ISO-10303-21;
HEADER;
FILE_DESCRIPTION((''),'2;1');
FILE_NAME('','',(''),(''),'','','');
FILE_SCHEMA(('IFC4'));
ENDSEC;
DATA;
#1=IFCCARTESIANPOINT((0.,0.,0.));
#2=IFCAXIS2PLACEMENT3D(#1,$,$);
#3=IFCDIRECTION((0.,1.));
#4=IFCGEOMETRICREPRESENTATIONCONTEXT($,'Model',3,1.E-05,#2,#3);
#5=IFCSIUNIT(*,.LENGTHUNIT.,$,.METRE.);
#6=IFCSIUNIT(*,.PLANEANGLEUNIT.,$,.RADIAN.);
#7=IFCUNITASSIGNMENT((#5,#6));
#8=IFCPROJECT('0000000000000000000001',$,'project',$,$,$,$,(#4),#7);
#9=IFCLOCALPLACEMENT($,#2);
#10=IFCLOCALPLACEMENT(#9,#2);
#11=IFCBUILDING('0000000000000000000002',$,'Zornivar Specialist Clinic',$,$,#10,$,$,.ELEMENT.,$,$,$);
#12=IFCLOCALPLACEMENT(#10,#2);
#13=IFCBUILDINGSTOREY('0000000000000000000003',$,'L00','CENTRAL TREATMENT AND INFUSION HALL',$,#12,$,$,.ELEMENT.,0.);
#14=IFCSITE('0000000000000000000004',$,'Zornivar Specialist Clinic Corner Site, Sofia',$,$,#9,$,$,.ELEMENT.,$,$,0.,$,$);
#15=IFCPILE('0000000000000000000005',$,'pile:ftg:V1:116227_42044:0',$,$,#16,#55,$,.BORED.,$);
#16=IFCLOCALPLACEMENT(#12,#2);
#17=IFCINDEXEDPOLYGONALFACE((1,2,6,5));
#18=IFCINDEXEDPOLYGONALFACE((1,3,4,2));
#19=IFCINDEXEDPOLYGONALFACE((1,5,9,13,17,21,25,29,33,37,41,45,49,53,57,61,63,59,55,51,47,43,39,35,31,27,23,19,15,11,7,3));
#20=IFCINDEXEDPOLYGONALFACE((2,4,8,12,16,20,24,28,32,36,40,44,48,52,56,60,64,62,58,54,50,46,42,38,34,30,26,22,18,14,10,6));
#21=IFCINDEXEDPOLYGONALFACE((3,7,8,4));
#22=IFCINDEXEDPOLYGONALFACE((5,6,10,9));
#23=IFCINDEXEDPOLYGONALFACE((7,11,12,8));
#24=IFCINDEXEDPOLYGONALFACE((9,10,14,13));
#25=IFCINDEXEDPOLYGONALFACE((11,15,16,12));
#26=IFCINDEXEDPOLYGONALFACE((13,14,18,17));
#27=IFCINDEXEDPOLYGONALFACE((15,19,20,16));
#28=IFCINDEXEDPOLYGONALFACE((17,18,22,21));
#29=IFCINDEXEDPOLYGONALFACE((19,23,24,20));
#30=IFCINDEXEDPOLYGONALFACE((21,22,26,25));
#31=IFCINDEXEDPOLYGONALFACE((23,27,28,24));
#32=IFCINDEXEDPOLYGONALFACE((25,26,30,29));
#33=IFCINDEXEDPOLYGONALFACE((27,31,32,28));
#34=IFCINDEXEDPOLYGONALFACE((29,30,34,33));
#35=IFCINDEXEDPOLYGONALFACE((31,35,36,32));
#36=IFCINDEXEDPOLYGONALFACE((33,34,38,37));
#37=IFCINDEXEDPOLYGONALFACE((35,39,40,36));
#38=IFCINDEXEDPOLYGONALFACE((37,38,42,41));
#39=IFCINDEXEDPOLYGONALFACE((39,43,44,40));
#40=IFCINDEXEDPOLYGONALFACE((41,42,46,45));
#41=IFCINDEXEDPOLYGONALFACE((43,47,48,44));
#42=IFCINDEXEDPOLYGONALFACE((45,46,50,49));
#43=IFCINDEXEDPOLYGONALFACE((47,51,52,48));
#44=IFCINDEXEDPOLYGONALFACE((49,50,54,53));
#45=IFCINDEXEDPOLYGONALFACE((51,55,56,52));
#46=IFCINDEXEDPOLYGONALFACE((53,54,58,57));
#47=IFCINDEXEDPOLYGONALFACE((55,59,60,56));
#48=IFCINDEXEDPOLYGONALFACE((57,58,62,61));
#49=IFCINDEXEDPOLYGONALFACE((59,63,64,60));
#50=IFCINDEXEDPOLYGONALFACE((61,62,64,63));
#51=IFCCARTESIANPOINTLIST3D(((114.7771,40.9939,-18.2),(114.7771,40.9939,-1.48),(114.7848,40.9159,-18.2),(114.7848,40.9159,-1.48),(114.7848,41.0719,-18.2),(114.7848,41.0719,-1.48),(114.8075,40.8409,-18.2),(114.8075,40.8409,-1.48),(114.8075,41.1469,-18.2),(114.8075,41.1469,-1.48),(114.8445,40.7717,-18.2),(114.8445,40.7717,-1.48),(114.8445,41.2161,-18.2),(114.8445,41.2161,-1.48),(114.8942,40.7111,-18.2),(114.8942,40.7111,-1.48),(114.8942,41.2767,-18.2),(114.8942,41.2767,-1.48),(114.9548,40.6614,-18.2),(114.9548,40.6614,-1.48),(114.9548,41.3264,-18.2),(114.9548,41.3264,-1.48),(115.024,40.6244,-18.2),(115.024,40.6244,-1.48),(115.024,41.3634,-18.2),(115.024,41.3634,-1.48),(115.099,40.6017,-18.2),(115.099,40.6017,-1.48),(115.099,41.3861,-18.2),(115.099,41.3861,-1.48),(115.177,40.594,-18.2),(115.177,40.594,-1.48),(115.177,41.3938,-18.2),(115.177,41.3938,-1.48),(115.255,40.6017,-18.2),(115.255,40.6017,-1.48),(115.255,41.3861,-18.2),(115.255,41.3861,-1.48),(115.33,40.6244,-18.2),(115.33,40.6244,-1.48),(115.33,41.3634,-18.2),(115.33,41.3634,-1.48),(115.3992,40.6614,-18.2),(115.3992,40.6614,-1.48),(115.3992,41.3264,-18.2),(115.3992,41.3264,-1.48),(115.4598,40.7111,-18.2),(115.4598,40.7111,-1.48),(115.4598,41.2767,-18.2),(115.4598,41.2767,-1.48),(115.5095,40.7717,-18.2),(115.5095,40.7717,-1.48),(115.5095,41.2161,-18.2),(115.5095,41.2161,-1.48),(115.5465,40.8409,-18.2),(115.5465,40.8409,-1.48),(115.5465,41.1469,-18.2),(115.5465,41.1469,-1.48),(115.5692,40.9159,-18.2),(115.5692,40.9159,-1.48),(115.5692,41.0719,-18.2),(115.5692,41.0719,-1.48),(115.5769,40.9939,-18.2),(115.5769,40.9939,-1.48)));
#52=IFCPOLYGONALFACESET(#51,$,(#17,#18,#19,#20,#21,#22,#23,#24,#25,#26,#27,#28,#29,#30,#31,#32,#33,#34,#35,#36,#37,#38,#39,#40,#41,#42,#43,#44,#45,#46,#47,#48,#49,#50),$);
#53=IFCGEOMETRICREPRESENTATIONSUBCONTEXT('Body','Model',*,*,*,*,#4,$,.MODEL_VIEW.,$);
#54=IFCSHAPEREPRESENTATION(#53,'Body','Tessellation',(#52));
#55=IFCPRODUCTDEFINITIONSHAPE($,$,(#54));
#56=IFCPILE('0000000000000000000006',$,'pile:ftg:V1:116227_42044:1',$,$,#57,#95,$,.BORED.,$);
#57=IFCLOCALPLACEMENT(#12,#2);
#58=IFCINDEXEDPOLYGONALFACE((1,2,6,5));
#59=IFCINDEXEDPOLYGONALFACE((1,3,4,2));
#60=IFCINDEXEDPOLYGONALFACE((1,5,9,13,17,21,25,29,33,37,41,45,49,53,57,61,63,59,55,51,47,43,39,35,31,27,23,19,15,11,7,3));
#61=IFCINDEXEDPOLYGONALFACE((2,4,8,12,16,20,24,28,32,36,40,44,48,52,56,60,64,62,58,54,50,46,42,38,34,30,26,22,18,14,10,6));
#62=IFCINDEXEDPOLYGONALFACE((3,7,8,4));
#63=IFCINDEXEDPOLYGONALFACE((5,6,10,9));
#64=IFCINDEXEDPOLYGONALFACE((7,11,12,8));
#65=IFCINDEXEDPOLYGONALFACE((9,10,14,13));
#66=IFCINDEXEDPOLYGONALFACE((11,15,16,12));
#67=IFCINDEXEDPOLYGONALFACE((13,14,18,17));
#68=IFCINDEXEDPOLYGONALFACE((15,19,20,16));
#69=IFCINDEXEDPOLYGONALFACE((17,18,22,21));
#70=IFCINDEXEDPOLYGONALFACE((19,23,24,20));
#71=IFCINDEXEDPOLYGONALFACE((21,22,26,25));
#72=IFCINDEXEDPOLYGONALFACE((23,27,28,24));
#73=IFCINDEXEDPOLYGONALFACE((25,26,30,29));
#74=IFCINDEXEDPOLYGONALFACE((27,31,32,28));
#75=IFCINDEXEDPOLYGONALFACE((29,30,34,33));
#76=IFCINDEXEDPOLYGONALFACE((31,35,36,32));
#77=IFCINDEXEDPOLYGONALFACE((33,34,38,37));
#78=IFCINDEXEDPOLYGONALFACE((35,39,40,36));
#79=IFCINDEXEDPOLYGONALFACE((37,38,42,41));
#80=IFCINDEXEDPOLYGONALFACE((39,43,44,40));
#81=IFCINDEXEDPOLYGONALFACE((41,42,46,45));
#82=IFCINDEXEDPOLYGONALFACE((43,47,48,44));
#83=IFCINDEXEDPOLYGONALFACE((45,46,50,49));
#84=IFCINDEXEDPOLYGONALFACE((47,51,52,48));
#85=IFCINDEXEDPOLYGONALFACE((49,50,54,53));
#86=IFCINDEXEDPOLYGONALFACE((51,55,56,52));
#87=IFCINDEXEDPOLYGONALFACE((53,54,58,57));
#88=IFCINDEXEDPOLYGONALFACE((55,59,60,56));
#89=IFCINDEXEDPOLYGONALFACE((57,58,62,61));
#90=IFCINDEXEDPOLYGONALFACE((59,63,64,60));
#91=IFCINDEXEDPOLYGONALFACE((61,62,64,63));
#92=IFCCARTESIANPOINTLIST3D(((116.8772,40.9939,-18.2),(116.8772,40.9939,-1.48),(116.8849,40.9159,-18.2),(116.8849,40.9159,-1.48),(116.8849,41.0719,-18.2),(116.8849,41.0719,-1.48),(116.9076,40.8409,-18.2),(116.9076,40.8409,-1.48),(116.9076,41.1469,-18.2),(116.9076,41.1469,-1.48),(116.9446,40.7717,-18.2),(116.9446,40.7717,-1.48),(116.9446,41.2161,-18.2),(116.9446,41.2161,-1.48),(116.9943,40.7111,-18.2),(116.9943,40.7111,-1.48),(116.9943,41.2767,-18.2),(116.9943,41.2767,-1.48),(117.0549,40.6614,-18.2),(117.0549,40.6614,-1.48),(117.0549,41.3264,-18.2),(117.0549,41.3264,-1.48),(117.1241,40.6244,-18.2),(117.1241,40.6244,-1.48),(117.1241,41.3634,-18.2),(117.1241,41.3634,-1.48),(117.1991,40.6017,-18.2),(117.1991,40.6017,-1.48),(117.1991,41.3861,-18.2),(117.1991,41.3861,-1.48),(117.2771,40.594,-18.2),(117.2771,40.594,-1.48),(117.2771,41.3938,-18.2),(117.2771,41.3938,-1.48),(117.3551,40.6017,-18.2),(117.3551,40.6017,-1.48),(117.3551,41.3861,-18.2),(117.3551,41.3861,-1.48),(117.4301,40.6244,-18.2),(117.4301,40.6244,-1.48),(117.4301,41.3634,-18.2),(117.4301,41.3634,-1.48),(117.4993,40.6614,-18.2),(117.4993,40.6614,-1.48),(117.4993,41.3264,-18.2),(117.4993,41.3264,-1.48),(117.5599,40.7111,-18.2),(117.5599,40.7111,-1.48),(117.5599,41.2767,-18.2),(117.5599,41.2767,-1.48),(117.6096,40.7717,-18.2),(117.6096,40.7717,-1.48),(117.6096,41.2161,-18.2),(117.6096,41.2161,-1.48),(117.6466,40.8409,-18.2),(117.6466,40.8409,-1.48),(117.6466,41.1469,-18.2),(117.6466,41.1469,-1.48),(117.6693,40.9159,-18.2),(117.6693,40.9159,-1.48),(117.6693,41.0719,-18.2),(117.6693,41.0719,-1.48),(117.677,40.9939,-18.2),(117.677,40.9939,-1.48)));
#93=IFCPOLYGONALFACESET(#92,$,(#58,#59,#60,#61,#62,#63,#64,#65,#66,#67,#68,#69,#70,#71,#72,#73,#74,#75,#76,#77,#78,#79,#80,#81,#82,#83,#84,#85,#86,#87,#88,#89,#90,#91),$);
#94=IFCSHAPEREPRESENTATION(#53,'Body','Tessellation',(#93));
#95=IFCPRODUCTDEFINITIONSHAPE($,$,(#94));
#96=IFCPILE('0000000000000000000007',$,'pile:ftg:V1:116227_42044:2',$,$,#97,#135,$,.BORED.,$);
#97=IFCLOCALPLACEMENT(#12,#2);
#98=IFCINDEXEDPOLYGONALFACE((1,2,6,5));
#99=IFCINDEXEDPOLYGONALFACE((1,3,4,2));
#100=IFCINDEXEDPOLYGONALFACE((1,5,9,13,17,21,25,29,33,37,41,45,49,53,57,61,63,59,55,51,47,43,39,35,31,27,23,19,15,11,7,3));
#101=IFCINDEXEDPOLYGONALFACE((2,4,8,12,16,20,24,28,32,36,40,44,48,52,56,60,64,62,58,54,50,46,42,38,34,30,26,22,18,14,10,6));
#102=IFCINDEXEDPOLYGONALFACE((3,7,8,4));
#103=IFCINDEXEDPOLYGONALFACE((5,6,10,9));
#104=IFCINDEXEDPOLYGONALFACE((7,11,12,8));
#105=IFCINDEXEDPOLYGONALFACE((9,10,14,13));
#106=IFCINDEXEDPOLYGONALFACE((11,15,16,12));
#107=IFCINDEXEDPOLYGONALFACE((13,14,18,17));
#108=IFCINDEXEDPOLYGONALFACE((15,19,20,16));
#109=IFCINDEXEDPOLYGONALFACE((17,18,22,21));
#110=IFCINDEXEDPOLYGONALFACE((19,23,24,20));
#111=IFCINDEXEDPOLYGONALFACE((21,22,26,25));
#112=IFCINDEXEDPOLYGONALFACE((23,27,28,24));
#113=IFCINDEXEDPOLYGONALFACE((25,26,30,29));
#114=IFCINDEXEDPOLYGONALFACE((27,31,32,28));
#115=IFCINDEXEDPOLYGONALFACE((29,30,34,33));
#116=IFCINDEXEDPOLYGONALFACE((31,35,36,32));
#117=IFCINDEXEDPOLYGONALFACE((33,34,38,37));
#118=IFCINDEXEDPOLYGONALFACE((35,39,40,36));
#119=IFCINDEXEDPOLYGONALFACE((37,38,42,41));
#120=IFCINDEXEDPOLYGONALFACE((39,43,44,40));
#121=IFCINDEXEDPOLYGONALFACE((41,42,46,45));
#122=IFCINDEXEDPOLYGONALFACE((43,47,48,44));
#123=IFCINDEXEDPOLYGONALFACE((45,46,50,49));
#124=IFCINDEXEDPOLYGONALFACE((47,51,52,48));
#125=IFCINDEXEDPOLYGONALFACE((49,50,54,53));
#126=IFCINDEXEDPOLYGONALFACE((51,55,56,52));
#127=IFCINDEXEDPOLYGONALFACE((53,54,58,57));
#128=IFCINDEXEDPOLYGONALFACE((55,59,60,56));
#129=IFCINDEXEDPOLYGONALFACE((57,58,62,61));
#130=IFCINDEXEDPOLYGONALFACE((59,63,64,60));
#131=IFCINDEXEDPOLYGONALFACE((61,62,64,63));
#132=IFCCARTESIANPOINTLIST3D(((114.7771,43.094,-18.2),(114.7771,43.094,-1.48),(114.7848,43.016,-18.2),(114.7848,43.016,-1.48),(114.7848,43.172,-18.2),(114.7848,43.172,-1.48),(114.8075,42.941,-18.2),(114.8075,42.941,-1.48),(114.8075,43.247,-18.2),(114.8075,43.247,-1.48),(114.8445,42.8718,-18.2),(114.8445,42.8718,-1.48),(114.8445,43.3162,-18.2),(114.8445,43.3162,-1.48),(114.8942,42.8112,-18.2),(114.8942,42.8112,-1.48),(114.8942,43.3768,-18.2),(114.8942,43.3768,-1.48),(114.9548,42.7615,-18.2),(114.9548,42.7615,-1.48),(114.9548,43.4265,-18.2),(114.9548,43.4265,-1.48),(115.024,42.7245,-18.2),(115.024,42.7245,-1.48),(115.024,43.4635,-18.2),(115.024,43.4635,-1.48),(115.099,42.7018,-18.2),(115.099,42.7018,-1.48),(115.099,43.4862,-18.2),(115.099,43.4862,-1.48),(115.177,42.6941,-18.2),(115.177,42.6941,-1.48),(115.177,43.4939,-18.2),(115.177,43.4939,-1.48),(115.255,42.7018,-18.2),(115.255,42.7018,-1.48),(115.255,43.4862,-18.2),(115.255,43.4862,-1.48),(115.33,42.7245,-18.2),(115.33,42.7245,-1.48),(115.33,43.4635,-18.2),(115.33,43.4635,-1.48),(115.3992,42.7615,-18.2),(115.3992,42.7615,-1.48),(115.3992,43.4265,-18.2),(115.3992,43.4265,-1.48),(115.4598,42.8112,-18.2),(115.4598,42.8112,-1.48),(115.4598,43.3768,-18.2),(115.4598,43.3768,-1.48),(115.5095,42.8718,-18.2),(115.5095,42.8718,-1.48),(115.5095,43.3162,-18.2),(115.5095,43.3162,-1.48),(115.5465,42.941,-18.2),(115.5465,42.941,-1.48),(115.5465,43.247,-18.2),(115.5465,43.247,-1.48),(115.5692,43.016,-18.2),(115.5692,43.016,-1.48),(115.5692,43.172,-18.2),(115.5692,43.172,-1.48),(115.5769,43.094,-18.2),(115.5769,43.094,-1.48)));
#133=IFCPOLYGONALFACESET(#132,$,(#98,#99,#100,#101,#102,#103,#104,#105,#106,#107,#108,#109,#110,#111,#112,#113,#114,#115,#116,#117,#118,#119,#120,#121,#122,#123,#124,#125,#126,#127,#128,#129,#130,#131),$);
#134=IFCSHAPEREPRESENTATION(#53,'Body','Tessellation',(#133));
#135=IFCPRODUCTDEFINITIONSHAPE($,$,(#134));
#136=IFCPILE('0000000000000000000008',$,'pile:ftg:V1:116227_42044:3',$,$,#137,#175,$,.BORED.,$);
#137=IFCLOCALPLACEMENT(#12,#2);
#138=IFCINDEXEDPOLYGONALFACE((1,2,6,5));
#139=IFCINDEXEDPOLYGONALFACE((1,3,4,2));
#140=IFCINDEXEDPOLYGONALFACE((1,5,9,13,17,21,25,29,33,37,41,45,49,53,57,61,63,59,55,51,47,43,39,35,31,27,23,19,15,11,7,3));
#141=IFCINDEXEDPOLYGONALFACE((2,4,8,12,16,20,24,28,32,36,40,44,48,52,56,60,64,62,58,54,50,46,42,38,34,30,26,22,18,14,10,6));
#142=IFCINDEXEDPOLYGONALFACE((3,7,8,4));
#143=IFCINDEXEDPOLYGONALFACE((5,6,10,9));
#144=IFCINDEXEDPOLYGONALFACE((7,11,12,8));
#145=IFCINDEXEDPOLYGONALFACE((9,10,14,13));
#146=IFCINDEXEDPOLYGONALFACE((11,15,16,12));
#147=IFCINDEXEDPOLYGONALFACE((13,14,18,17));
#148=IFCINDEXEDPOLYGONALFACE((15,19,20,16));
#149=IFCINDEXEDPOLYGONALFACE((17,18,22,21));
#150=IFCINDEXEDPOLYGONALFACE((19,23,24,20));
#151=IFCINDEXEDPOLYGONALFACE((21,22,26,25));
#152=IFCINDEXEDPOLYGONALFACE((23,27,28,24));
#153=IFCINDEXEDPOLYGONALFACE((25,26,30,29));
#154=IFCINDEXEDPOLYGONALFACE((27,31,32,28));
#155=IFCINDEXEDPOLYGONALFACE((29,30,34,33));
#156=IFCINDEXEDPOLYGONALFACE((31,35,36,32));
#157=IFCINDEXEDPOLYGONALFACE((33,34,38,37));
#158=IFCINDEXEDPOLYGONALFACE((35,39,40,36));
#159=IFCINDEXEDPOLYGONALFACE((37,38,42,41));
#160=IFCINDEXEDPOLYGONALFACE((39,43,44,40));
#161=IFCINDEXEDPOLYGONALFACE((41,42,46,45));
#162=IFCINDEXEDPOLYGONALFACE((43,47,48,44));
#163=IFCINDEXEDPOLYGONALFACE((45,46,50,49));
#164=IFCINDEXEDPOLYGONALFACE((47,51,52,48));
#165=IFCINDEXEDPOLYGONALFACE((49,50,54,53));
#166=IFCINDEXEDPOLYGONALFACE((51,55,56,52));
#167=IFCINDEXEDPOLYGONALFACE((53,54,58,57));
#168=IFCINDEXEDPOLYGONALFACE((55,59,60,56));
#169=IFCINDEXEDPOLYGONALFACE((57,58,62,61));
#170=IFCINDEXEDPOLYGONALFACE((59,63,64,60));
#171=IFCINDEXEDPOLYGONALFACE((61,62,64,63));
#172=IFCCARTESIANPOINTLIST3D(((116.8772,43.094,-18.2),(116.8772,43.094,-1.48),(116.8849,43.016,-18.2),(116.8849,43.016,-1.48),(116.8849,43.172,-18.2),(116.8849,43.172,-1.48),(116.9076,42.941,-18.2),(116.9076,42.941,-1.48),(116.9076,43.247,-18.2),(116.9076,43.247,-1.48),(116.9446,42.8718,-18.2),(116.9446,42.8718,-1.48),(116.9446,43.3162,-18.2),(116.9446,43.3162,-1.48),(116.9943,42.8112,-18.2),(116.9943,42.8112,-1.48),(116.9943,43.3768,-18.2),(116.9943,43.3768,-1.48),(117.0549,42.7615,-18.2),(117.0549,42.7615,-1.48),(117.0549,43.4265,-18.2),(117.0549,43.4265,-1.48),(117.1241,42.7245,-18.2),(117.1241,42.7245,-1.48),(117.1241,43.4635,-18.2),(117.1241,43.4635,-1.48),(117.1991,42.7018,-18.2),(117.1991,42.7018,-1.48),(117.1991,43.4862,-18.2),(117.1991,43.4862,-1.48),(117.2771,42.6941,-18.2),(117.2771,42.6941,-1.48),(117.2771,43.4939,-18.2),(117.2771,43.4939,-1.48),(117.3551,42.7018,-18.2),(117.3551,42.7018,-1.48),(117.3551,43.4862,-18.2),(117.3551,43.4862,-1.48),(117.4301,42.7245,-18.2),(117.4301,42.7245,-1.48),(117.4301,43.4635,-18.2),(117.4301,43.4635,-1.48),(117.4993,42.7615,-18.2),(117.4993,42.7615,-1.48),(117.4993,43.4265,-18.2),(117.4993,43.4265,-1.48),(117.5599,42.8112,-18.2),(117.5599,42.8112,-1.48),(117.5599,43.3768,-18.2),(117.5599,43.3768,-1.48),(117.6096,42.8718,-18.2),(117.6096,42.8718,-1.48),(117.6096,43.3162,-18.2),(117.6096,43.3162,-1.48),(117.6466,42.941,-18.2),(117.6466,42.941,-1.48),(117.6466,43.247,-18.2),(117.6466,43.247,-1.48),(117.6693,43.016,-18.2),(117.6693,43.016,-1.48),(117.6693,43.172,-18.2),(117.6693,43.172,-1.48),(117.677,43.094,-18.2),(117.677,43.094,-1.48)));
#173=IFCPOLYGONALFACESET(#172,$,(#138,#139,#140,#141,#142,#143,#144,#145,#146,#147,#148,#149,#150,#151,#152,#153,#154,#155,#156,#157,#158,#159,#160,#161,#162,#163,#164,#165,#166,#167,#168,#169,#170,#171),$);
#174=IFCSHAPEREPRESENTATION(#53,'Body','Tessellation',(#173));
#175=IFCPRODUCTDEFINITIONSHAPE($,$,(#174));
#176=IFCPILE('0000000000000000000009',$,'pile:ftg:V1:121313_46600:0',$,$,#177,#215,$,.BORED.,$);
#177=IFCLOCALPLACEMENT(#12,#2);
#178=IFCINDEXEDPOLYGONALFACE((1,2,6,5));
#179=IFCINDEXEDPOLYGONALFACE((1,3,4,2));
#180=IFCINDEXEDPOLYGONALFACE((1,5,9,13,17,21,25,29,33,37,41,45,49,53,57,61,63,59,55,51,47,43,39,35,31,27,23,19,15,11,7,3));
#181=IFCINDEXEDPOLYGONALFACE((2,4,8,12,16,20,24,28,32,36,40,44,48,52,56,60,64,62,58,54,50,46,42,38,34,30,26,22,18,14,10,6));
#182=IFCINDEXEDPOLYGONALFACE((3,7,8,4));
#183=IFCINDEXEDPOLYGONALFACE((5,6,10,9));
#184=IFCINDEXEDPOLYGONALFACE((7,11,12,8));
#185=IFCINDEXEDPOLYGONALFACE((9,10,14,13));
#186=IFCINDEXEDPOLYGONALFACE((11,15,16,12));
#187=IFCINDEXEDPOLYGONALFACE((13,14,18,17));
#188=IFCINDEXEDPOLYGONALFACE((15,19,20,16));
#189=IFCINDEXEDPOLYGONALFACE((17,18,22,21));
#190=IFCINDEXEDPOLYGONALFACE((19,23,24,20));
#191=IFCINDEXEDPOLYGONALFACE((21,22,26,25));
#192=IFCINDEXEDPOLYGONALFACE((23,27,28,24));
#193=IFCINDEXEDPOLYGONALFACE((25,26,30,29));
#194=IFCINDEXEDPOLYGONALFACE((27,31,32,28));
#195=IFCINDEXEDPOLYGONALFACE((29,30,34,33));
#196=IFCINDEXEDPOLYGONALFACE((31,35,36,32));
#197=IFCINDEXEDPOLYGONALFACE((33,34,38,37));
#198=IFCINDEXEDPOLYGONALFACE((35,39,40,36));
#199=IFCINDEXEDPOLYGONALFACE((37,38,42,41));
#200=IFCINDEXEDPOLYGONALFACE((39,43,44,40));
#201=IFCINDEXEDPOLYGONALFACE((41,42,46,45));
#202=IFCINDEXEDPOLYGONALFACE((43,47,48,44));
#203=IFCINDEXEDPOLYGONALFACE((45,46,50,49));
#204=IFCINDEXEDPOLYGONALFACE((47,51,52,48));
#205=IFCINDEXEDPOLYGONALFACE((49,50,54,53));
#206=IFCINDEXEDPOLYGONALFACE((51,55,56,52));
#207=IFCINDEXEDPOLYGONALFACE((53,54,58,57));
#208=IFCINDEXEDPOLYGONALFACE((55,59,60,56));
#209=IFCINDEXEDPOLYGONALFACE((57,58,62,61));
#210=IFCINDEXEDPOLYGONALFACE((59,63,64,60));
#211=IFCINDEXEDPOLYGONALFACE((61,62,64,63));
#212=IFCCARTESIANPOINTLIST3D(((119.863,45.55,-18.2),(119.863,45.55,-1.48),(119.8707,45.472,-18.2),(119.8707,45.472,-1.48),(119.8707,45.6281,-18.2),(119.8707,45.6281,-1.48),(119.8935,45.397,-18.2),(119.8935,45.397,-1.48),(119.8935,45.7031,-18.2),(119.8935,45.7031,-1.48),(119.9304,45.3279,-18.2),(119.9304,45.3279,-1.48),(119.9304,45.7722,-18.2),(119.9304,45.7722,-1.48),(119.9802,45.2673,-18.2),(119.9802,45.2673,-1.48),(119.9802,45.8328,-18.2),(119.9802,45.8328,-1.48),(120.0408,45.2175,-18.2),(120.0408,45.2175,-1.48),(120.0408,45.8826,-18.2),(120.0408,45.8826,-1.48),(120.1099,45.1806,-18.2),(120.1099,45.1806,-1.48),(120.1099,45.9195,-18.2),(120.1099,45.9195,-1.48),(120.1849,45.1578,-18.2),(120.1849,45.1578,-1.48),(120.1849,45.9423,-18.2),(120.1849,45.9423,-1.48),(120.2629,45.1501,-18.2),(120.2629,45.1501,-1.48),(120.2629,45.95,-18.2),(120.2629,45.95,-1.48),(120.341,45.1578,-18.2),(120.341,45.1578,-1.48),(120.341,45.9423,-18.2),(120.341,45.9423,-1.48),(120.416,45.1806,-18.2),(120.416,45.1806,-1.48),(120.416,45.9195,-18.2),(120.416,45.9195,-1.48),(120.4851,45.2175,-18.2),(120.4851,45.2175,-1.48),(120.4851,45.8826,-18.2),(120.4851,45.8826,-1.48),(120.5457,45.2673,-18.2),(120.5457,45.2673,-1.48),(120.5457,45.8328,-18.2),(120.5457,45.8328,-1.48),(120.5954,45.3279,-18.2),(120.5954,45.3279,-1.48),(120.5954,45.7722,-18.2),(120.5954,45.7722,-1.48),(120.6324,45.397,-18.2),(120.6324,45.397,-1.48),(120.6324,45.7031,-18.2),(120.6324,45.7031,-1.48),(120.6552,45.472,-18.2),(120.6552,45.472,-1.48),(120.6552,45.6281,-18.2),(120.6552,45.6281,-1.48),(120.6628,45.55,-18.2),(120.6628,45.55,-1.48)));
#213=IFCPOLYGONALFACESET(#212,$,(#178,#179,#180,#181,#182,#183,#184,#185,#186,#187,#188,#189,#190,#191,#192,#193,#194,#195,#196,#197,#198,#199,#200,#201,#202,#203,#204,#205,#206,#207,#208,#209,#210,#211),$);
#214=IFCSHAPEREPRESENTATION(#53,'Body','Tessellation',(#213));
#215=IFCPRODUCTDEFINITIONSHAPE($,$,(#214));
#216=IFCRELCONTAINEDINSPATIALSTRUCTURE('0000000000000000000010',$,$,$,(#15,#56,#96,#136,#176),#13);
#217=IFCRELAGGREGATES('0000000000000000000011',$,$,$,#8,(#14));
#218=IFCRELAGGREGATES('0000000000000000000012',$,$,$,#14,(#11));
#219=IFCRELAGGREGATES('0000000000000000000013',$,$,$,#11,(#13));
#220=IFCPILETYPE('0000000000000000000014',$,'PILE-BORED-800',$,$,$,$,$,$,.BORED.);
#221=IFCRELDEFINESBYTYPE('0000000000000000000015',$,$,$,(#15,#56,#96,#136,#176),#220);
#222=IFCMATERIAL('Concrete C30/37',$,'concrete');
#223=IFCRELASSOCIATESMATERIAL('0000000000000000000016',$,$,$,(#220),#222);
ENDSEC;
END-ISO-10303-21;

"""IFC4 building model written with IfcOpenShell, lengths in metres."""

from ifc_helpers import new_model, si_unit, direction, frame, origin, origin_2d, place, context, subcontext, project, spatial, circle, extrude, material, material_profile, profile_set, type_object, element, save


model = new_model("IFC4")

# Units and contexts
model_context = context("Model", 3, precision=1e-05, world=origin(), true_north=direction((0.0, 1.0)))
body_context = subcontext(model_context, "Body", "Model", "MODEL_VIEW")
ifc_project = project(units=[si_unit("LENGTHUNIT", "METRE"), si_unit("PLANEANGLEUNIT", "RADIAN")], contexts=[model_context])

# Site, building, storey
site_placement = place(None, origin())
site = spatial("IfcSite", under=ifc_project, at=site_placement, Name="Zornivar Specialist Clinic Corner Site, Sofia", CompositionType="ELEMENT", RefElevation=0.0)
building_placement = place(site_placement, origin())
building = spatial("IfcBuilding", under=site, at=building_placement, Name="Zornivar Specialist Clinic", CompositionType="ELEMENT")
storey_placement = place(building_placement, origin())
storey = spatial("IfcBuildingStorey", under=building, at=storey_placement, Name="L00", Description="CENTRAL TREATMENT AND INFUSION HALL", CompositionType="ELEMENT", Elevation=0.0)

# Piles
ifc_material_1 = material(Name="Concrete C30/37", Category="concrete")
ifc_material_profile_1 = material_profile(ifc_material_1, circle(Radius=0.3999, at=origin_2d()), Name="PILE D800")
ifc_profile_set_1 = profile_set([ifc_material_profile_1], Name="Concrete C30/37")
pile_type = type_object("IfcPileType", Name="PILE-BORED-800", PredefinedType="BORED", material=ifc_profile_set_1)
for number, where, z_axis, x_axis, name in (
    (1, (115.177, 40.9939, -1.48), (0.0, 0.0, -1.0), (1.0, 0.0, 0.0), "pile:ftg:V1:116227_42044:0"),
    (2, (117.2771, 40.9939, -1.48), (0.0, 0.0, -1.0), (1.0, 0.0, 0.0), "pile:ftg:V1:116227_42044:1"),
    (3, (115.177, 43.094, -1.48), (0.0, 0.0, -1.0), (1.0, 0.0, 0.0), "pile:ftg:V1:116227_42044:2"),
    (4, (117.2771, 43.094, -1.48), (0.0, 0.0, -1.0), (1.0, 0.0, 0.0), "pile:ftg:V1:116227_42044:3"),
    (5, (120.2629, 45.55, -1.48), (0.0, 0.0, -1.0), (1.0, 0.0, 0.0), "pile:ftg:V1:121313_46600:0"),
):
    element("IfcPile", number, at=place(storey_placement, frame(where, z_axis=z_axis, x_axis=x_axis)), inside=storey, type_object=pile_type, Name=name, PredefinedType="BORED", context=body_context, shape_type="SweptSolid", body=[
        extrude(circle(Radius=0.3999, at=origin_2d()), origin(), (0.0, 0.0, 1.0), 16.72),
    ])

save(model, "model.ifc")
